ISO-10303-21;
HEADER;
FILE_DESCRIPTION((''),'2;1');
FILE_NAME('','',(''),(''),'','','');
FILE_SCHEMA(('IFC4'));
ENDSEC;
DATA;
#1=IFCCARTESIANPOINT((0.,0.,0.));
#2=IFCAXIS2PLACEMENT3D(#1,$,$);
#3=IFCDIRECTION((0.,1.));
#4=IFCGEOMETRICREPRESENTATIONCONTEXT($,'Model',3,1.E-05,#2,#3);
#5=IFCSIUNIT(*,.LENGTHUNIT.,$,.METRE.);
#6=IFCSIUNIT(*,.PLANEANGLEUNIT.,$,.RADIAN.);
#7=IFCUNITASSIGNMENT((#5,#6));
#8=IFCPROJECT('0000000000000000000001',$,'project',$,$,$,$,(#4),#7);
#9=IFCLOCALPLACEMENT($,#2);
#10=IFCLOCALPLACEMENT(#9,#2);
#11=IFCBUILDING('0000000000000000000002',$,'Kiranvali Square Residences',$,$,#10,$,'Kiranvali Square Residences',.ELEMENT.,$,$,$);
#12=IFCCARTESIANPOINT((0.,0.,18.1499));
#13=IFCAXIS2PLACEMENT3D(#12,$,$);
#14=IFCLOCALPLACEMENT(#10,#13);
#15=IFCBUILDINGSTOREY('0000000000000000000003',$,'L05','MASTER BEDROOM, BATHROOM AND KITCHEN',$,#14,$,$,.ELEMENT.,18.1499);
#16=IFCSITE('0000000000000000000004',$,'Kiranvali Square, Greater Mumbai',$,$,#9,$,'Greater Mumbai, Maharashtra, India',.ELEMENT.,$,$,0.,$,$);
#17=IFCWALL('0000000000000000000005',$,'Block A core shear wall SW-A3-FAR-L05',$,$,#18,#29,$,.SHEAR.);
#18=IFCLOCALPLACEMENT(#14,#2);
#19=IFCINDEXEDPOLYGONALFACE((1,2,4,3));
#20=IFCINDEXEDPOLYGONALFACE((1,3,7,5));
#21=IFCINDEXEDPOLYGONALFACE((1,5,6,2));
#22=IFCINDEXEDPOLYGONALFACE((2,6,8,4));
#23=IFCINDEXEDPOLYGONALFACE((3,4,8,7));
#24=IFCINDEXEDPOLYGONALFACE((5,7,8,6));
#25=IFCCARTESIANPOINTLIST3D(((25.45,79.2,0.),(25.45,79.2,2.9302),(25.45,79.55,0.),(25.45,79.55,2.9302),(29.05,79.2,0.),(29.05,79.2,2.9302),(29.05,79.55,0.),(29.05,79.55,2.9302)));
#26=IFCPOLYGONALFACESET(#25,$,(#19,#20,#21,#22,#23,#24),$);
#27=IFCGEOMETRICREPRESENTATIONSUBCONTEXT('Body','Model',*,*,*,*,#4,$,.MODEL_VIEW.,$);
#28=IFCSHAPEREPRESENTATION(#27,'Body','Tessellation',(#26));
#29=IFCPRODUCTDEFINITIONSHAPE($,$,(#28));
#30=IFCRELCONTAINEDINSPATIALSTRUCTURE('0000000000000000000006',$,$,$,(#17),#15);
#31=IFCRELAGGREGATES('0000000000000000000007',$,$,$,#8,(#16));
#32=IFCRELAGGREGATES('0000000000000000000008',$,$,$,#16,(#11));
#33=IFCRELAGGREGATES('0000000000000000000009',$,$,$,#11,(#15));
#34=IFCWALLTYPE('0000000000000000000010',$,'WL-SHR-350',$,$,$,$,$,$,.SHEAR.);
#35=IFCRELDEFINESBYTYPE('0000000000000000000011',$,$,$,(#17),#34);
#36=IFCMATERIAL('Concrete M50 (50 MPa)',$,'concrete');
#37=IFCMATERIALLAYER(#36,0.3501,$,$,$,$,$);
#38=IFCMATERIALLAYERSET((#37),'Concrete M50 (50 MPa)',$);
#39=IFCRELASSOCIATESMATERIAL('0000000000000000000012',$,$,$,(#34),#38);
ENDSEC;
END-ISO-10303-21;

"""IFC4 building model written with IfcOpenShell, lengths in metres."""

from ifc_helpers import new_model, si_unit, direction, frame, frame_2d, origin, place, context, subcontext, project, spatial, rectangle, extrude, material, layer, layer_set, type_object, element, save


model = new_model("IFC4")

# Units and contexts
model_context = context("Model", 3, precision=1e-05, world=origin(), true_north=direction((0.0, 1.0)))
body_context = subcontext(model_context, "Body", "Model", "MODEL_VIEW")
ifc_project = project(units=[si_unit("LENGTHUNIT", "METRE"), si_unit("PLANEANGLEUNIT", "RADIAN")], contexts=[model_context])

# Site, building, storey
site_placement = place(None, origin())
site = spatial("IfcSite", under=ifc_project, at=site_placement, Name="Kiranvali Square, Greater Mumbai", LongName="Greater Mumbai, Maharashtra, India", CompositionType="ELEMENT", RefElevation=0.0)
building_placement = place(site_placement, origin())
building = spatial("IfcBuilding", under=site, at=building_placement, Name="Kiranvali Square Residences", LongName="Kiranvali Square Residences", CompositionType="ELEMENT")
storey_placement = place(building_placement, frame((0.0, 0.0, 18.1499)))
storey = spatial("IfcBuildingStorey", under=building, at=storey_placement, Name="L05", Description="MASTER BEDROOM, BATHROOM AND KITCHEN", CompositionType="ELEMENT", Elevation=18.1499)

# Wall
ifc_material_1 = material(Name="Concrete M50 (50 MPa)", Category="concrete")
ifc_layer_1 = layer(ifc_material_1, 0.3501)
ifc_layer_set_1 = layer_set([ifc_layer_1], Name="Concrete M50 (50 MPa)")
wall_type_1 = type_object("IfcWallType", Name="WL-SHR-350", PredefinedType="SHEAR", material=ifc_layer_set_1)
wall_1_placement = place(storey_placement, frame((29.05, 79.375, 0.0), z_axis=(0.0, 0.0, 1.0), x_axis=(-1.0, 0.0, 0.0)))
element("IfcWall", 1, at=wall_1_placement, inside=storey, type_object=wall_type_1, Name="Block A core shear wall SW-A3-FAR-L05", PredefinedType="SHEAR", context=body_context, shape_type="SweptSolid", body=[
    extrude(rectangle(XDim=3.6001, YDim=0.3501, at=frame_2d((1.8, 0.0))), origin(), (0.0, 0.0, 1.0), 2.9302),
])

save(model, "model.ifc")
